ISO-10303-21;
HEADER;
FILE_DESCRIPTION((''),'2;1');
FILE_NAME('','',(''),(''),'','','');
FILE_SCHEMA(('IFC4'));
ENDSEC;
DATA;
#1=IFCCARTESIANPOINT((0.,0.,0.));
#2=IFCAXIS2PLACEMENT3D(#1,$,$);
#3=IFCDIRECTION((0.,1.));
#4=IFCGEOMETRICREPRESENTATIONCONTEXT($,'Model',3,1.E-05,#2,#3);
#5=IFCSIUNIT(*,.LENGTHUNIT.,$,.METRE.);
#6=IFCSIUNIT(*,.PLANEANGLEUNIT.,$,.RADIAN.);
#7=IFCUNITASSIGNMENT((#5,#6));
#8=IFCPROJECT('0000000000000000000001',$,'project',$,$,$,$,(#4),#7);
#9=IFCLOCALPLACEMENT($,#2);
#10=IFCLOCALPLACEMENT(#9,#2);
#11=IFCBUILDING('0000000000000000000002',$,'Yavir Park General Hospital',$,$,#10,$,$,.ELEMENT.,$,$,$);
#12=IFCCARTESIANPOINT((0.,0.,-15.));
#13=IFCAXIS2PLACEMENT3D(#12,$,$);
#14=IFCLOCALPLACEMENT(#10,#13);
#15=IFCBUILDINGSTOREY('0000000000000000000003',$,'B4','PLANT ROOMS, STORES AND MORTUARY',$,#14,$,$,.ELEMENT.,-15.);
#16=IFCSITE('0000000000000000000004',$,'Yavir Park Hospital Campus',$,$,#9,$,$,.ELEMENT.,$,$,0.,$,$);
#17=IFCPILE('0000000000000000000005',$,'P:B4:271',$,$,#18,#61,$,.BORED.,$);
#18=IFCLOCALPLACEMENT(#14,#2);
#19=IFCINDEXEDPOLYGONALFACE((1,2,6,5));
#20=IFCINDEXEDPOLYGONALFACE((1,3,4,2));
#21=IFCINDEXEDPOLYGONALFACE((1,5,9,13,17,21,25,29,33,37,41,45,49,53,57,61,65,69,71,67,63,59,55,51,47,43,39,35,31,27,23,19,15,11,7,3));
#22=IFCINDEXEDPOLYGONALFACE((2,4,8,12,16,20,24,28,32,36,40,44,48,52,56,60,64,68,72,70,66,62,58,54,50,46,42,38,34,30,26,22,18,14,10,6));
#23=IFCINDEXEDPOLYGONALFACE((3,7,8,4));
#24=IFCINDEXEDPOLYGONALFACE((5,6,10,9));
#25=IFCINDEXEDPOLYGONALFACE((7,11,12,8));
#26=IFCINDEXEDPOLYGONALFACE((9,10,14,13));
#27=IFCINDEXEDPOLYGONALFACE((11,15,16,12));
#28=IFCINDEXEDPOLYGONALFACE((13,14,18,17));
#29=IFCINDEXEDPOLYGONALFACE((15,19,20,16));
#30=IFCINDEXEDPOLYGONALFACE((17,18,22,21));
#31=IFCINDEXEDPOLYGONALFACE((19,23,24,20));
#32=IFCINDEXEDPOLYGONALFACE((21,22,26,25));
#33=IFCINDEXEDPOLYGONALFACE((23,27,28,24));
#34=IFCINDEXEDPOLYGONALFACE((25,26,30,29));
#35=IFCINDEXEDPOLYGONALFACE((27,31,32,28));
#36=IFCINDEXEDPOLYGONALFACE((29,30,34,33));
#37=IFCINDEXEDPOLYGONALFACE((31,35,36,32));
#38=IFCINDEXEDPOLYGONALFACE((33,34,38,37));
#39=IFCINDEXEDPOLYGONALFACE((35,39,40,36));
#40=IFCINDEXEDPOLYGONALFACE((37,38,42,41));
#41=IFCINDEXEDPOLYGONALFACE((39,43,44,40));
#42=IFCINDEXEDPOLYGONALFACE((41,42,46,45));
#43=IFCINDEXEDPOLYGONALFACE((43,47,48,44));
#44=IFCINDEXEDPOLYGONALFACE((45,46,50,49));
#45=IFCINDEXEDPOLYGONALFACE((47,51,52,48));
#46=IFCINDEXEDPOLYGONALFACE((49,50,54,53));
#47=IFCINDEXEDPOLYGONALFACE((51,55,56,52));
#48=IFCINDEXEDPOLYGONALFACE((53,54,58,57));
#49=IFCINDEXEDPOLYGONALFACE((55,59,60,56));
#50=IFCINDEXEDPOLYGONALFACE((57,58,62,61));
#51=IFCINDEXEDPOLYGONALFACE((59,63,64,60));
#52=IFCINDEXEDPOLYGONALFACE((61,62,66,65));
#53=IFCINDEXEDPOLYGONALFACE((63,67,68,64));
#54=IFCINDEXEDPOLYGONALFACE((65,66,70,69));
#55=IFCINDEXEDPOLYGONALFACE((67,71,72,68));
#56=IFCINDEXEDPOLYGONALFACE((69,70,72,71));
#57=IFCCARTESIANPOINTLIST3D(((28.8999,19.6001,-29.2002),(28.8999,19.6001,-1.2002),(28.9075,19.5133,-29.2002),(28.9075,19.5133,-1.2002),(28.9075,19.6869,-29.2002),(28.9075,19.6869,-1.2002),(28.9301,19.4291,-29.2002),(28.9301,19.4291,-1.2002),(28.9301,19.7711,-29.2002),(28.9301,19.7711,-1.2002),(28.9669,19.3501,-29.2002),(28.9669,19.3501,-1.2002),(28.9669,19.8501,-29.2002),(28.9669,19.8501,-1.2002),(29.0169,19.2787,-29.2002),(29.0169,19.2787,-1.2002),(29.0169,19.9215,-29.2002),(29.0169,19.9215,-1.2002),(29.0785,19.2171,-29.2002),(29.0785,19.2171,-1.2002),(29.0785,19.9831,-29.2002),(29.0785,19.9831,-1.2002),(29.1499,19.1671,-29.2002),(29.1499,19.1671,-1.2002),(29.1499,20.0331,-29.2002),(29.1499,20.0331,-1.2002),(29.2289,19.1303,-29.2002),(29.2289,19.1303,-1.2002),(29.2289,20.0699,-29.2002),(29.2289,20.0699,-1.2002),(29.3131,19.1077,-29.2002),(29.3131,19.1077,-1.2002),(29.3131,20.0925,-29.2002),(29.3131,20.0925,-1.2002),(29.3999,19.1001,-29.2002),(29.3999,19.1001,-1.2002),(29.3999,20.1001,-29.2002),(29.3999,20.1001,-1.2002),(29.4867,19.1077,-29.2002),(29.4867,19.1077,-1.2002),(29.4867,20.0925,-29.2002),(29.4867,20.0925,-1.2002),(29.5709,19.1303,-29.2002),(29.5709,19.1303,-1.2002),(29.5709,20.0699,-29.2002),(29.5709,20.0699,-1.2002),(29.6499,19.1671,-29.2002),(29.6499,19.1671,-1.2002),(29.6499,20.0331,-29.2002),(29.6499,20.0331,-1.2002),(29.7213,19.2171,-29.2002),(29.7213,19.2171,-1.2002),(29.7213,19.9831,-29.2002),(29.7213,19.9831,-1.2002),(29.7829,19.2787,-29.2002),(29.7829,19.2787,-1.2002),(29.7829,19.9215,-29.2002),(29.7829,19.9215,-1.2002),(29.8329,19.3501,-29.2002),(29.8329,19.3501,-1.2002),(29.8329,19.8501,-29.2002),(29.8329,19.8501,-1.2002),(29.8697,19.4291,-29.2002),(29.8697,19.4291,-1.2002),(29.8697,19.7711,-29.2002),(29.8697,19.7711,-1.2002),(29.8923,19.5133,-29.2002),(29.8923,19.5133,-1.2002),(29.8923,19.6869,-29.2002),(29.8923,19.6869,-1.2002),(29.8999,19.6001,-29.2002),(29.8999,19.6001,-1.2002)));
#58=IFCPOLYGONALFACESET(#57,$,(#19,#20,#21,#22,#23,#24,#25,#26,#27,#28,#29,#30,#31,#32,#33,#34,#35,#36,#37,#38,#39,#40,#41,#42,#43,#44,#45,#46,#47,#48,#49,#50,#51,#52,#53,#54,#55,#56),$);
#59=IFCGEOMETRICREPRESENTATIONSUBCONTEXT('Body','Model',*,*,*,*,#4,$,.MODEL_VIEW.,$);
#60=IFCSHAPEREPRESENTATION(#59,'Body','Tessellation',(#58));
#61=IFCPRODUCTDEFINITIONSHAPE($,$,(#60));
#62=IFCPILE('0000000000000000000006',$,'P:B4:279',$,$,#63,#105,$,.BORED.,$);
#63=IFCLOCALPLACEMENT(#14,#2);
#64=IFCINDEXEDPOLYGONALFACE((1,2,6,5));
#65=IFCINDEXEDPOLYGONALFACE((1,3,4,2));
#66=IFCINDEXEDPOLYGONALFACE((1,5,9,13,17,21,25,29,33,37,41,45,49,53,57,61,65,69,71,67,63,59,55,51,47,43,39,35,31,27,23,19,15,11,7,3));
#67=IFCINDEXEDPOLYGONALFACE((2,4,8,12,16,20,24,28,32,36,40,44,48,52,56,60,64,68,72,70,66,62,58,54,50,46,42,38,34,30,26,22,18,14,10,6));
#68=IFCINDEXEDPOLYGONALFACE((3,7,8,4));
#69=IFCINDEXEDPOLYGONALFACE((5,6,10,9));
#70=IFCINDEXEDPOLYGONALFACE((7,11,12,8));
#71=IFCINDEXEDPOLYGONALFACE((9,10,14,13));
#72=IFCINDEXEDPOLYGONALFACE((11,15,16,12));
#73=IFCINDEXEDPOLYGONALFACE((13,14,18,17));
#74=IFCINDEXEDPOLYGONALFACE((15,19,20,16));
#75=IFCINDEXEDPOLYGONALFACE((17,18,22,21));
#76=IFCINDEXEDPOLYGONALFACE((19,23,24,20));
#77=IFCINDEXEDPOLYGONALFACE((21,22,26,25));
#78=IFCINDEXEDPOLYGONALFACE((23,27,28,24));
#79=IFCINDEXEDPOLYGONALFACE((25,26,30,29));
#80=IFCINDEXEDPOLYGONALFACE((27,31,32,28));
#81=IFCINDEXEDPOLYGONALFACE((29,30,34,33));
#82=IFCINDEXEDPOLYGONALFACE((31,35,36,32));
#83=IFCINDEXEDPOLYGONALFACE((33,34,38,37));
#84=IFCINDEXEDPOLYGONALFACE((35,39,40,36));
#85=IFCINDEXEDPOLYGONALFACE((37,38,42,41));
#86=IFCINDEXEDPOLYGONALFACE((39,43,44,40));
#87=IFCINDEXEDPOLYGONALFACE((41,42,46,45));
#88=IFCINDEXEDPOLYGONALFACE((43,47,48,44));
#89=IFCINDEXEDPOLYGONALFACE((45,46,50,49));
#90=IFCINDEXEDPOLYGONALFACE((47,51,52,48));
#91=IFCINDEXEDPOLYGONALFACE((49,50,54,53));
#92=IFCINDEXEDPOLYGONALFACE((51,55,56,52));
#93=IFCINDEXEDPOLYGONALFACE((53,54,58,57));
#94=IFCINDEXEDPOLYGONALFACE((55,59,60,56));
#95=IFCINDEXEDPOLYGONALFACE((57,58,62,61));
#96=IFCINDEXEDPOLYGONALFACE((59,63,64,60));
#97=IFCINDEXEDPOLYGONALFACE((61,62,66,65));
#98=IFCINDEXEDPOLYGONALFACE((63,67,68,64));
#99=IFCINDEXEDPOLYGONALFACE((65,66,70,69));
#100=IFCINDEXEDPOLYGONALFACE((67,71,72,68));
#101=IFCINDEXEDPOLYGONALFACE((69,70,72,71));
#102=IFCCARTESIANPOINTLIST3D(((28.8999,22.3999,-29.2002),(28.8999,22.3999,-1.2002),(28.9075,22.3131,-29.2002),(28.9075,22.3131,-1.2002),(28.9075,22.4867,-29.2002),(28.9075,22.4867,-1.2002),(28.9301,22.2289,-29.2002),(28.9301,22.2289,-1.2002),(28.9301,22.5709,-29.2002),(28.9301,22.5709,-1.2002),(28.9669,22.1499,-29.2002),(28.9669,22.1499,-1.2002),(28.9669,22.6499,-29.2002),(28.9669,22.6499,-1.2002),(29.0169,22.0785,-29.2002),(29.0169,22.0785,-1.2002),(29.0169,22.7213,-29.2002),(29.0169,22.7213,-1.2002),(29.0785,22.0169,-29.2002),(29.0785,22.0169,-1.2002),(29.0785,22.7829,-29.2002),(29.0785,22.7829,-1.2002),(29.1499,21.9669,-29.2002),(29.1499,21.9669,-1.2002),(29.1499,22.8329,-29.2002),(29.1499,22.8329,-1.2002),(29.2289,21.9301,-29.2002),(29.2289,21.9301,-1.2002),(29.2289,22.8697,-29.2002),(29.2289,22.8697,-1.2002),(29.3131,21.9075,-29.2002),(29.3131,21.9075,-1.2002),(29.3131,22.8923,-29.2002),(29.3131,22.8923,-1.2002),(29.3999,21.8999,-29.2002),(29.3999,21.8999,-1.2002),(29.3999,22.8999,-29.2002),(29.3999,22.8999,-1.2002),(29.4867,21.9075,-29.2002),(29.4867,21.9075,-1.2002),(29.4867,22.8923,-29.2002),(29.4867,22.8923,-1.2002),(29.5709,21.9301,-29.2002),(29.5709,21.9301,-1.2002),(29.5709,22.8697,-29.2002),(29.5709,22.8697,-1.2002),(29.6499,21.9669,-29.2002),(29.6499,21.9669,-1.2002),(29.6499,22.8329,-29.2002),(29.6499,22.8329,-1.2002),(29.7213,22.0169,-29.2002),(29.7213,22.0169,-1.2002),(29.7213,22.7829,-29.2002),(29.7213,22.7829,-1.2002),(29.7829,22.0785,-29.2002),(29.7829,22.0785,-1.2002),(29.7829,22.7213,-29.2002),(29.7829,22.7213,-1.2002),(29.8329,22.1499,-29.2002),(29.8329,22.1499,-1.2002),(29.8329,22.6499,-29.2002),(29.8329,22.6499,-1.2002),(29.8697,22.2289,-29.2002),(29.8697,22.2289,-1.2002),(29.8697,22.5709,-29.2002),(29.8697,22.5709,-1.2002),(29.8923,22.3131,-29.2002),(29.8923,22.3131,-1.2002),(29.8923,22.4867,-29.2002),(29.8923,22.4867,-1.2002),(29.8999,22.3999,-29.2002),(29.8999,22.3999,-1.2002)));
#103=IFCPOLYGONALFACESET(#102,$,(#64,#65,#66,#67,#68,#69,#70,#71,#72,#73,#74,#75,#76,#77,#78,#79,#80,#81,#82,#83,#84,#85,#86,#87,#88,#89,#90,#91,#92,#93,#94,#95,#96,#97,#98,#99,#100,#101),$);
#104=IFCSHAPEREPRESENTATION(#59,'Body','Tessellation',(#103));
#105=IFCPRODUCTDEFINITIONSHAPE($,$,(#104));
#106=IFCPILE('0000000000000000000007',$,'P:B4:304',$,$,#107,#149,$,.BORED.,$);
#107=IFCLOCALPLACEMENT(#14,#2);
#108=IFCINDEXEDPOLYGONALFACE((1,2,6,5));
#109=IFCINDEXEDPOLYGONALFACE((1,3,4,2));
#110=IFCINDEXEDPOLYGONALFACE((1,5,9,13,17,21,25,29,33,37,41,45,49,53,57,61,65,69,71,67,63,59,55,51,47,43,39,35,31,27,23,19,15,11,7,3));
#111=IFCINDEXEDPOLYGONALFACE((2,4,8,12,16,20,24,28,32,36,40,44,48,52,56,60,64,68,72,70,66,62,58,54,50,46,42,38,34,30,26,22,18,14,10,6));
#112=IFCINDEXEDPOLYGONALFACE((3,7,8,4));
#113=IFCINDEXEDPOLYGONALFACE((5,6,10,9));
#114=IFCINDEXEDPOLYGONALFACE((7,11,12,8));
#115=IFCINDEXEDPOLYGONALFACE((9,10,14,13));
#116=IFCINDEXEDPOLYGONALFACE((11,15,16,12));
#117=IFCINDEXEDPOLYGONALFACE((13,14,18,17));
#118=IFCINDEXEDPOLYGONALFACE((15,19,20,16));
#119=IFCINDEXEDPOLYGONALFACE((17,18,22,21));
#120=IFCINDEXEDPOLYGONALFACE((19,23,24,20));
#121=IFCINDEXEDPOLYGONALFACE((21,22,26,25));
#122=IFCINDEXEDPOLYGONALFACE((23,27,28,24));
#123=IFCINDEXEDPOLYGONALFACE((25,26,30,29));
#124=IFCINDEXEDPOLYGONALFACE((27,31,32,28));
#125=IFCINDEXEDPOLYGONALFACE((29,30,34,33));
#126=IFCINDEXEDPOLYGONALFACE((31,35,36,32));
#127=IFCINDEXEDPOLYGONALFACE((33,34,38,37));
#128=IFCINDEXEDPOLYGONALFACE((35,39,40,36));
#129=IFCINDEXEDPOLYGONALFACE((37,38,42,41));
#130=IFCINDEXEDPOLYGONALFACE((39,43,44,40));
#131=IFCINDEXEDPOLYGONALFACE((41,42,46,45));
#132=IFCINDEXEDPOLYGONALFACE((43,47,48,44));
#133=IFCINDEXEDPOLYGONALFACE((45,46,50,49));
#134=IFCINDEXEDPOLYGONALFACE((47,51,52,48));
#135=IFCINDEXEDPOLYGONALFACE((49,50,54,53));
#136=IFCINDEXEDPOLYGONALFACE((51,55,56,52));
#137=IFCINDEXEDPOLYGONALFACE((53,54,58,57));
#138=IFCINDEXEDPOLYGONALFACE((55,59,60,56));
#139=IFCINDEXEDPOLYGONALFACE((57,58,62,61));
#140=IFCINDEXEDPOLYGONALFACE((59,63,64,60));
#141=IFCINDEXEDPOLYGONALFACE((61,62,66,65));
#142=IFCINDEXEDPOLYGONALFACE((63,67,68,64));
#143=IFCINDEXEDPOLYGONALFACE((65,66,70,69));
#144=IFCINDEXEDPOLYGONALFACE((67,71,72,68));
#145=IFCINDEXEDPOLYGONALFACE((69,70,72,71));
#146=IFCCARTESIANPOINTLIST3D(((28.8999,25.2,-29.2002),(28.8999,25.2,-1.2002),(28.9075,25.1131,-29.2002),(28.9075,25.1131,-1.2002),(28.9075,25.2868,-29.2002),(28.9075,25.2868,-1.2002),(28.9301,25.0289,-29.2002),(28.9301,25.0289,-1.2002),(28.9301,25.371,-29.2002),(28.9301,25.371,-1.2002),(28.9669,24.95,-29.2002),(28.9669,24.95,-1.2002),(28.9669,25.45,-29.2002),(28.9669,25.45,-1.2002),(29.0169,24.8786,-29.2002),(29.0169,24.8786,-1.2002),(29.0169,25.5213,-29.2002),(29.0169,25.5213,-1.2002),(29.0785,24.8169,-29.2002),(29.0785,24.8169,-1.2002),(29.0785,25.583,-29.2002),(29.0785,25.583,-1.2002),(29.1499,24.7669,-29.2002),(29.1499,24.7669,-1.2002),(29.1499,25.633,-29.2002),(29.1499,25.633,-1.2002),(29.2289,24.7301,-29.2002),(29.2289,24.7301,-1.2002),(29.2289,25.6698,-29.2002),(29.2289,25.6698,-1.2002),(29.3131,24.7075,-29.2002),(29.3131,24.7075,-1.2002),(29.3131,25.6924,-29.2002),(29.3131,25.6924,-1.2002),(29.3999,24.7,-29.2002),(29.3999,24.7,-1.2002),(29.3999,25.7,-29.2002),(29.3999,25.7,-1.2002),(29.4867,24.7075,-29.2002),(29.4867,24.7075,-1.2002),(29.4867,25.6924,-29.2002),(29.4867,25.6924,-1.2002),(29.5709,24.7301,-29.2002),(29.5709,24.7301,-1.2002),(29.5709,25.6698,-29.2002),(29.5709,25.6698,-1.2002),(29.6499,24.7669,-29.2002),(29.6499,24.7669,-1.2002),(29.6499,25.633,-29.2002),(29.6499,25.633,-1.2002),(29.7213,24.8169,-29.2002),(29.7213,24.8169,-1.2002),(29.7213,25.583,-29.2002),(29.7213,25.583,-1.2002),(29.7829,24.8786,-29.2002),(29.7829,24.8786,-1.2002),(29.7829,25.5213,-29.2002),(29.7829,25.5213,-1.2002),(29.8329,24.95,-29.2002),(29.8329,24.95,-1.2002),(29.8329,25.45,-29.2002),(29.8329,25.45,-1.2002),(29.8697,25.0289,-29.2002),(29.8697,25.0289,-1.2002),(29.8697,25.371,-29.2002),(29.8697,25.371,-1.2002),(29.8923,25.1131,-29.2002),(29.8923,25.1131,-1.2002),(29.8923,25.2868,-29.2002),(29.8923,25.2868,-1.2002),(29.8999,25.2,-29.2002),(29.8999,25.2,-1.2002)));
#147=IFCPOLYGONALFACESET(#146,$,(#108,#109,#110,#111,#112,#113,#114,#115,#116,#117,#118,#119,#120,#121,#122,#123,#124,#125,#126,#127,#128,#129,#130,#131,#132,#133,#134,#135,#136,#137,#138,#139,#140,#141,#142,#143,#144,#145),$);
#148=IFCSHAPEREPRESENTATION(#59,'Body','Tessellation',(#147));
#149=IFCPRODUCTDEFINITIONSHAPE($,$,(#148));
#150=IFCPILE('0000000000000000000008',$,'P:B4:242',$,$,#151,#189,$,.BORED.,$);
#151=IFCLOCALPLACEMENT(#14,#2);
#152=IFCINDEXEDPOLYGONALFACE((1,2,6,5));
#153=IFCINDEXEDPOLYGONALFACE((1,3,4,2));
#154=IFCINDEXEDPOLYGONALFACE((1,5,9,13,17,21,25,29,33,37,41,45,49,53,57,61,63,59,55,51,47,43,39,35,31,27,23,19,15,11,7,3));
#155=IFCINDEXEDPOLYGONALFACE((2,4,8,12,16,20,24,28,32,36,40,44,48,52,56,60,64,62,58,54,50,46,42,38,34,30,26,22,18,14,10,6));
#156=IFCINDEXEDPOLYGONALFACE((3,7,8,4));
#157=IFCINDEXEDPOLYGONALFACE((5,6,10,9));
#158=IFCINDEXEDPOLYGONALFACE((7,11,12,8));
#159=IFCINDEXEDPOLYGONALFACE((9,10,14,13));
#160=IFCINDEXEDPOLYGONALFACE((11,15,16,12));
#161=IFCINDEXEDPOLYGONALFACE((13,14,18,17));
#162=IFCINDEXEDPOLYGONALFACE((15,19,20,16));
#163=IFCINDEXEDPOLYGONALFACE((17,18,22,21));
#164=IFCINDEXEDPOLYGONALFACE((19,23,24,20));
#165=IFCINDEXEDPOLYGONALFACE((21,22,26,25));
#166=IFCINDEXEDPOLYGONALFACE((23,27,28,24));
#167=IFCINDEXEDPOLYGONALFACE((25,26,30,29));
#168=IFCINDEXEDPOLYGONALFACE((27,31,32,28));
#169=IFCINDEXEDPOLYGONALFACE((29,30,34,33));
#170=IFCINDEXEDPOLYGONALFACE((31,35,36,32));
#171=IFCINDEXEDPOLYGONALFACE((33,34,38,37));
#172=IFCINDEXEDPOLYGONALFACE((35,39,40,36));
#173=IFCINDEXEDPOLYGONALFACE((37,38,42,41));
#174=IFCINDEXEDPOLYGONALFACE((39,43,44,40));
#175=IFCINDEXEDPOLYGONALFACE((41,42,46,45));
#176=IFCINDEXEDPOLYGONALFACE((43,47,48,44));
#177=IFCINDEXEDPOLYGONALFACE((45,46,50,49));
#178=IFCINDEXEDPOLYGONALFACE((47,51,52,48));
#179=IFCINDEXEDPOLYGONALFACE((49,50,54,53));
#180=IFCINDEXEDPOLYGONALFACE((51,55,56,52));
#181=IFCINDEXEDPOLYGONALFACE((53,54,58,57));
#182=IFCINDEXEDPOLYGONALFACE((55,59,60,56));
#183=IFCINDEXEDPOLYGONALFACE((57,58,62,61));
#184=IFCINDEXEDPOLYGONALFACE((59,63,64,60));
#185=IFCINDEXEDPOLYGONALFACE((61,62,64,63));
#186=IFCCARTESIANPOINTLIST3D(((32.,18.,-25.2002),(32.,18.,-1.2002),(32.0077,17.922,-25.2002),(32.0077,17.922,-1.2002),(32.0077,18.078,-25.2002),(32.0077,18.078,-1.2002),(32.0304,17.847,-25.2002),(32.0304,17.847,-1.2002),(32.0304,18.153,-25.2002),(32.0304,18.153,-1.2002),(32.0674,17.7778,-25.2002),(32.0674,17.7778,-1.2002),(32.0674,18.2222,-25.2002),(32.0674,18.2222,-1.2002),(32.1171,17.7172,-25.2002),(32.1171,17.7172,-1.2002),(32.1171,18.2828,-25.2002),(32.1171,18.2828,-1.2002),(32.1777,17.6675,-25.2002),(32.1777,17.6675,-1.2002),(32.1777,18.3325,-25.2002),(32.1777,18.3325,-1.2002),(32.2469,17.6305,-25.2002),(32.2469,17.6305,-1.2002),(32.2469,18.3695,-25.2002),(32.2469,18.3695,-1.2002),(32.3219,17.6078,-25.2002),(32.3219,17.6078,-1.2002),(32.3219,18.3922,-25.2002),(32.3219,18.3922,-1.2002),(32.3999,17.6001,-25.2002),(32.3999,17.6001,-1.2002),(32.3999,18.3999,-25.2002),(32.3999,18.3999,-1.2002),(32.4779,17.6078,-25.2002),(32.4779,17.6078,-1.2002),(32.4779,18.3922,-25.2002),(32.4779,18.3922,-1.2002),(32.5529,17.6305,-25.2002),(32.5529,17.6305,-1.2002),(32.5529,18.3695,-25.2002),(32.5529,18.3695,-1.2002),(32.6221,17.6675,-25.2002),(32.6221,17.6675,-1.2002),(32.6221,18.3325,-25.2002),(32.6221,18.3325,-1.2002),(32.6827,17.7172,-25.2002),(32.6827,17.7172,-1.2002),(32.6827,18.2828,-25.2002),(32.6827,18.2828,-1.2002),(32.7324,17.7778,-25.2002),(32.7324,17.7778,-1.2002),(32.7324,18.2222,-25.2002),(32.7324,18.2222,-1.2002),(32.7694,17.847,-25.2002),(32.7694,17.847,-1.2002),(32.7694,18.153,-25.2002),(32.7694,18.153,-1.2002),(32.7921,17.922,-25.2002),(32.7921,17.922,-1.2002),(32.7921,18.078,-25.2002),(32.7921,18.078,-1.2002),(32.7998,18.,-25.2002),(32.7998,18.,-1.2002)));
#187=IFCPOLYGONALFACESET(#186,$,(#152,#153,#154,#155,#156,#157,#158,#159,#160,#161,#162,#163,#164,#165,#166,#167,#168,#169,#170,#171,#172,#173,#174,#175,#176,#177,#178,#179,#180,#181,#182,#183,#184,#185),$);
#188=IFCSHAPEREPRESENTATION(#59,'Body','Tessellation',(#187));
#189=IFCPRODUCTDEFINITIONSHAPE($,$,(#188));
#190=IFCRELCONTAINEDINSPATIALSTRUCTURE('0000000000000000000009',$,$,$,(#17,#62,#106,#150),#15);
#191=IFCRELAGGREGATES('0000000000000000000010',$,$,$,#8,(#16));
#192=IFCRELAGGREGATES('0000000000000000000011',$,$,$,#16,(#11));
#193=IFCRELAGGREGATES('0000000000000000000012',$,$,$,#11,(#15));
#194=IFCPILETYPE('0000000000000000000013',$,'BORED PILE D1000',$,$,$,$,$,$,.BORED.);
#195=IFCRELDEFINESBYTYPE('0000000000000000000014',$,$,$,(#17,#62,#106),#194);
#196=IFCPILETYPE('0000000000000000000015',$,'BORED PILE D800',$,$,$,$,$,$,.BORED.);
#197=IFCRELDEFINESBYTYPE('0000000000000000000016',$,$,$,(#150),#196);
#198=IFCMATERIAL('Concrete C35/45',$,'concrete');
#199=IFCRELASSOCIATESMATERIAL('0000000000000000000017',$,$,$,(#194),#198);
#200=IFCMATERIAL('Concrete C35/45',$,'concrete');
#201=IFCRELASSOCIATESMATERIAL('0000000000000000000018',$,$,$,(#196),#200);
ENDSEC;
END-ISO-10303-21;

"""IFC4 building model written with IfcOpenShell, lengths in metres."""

from ifc_helpers import new_model, si_unit, direction, frame, origin, origin_2d, place, context, subcontext, project, spatial, circle, extrude, material, material_profile, profile_set, type_object, element, save


model = new_model("IFC4")

# Units and contexts
model_context = context("Model", 3, precision=1e-05, world=origin(), true_north=direction((0.0, 1.0)))
body_context = subcontext(model_context, "Body", "Model", "MODEL_VIEW")
ifc_project = project(units=[si_unit("LENGTHUNIT", "METRE"), si_unit("PLANEANGLEUNIT", "RADIAN")], contexts=[model_context])

# Site, building, storey
site_placement = place(None, origin())
site = spatial("IfcSite", under=ifc_project, at=site_placement, Name="Yavir Park Hospital Campus", CompositionType="ELEMENT", RefElevation=0.0)
building_placement = place(site_placement, origin())
building = spatial("IfcBuilding", under=site, at=building_placement, Name="Yavir Park General Hospital", CompositionType="ELEMENT")
storey_placement = place(building_placement, frame((0.0, 0.0, -15.0)))
storey = spatial("IfcBuildingStorey", under=building, at=storey_placement, Name="B4", Description="PLANT ROOMS, STORES AND MORTUARY", CompositionType="ELEMENT", Elevation=-15.0)

# Piles
ifc_material_1 = material(Name="Concrete C35/45", Category="concrete")
ifc_material_profile_1 = material_profile(ifc_material_1, circle(Radius=0.5, at=origin_2d()), Name="D1000")
ifc_profile_set_1 = profile_set([ifc_material_profile_1], Name="Concrete C35/45")
pile_type_1 = type_object("IfcPileType", Name="BORED PILE D1000", PredefinedType="BORED", material=ifc_profile_set_1)
for number, where, z_axis, x_axis, name in (
    (1, (29.3999, 19.6001, -1.2002), (0.0, 0.0, -1.0), (1.0, 0.0, 0.0), "P:B4:271"),
    (2, (29.3999, 22.3999, -1.2002), (0.0, 0.0, -1.0), (1.0, 0.0, 0.0), "P:B4:279"),
    (3, (29.3999, 25.2, -1.2002), (0.0, 0.0, -1.0), (1.0, 0.0, 0.0), "P:B4:304"),
):
    element("IfcPile", number, at=place(storey_placement, frame(where, z_axis=z_axis, x_axis=x_axis)), inside=storey, type_object=pile_type_1, Name=name, PredefinedType="BORED", context=body_context, shape_type="SweptSolid", body=[
        extrude(circle(Radius=0.5, at=origin_2d()), origin(), (0.0, 0.0, 1.0), 28.0),
    ])
ifc_material_2 = material(Name="Concrete C35/45", Category="concrete")
ifc_material_profile_2 = material_profile(ifc_material_2, circle(Radius=0.3999, at=origin_2d()), Name="D800")
ifc_profile_set_2 = profile_set([ifc_material_profile_2], Name="Concrete C35/45")
pile_type_2 = type_object("IfcPileType", Name="BORED PILE D800", PredefinedType="BORED", material=ifc_profile_set_2)
for number, where, z_axis, x_axis, name in (
    (4, (32.3999, 18.0, -1.2002), (0.0, 0.0, -1.0), (1.0, 0.0, 0.0), "P:B4:242"),
):
    element("IfcPile", number, at=place(storey_placement, frame(where, z_axis=z_axis, x_axis=x_axis)), inside=storey, type_object=pile_type_2, Name=name, PredefinedType="BORED", context=body_context, shape_type="SweptSolid", body=[
        extrude(circle(Radius=0.3999, at=origin_2d()), origin(), (0.0, 0.0, 1.0), 24.0),
    ])

save(model, "model.ifc")
